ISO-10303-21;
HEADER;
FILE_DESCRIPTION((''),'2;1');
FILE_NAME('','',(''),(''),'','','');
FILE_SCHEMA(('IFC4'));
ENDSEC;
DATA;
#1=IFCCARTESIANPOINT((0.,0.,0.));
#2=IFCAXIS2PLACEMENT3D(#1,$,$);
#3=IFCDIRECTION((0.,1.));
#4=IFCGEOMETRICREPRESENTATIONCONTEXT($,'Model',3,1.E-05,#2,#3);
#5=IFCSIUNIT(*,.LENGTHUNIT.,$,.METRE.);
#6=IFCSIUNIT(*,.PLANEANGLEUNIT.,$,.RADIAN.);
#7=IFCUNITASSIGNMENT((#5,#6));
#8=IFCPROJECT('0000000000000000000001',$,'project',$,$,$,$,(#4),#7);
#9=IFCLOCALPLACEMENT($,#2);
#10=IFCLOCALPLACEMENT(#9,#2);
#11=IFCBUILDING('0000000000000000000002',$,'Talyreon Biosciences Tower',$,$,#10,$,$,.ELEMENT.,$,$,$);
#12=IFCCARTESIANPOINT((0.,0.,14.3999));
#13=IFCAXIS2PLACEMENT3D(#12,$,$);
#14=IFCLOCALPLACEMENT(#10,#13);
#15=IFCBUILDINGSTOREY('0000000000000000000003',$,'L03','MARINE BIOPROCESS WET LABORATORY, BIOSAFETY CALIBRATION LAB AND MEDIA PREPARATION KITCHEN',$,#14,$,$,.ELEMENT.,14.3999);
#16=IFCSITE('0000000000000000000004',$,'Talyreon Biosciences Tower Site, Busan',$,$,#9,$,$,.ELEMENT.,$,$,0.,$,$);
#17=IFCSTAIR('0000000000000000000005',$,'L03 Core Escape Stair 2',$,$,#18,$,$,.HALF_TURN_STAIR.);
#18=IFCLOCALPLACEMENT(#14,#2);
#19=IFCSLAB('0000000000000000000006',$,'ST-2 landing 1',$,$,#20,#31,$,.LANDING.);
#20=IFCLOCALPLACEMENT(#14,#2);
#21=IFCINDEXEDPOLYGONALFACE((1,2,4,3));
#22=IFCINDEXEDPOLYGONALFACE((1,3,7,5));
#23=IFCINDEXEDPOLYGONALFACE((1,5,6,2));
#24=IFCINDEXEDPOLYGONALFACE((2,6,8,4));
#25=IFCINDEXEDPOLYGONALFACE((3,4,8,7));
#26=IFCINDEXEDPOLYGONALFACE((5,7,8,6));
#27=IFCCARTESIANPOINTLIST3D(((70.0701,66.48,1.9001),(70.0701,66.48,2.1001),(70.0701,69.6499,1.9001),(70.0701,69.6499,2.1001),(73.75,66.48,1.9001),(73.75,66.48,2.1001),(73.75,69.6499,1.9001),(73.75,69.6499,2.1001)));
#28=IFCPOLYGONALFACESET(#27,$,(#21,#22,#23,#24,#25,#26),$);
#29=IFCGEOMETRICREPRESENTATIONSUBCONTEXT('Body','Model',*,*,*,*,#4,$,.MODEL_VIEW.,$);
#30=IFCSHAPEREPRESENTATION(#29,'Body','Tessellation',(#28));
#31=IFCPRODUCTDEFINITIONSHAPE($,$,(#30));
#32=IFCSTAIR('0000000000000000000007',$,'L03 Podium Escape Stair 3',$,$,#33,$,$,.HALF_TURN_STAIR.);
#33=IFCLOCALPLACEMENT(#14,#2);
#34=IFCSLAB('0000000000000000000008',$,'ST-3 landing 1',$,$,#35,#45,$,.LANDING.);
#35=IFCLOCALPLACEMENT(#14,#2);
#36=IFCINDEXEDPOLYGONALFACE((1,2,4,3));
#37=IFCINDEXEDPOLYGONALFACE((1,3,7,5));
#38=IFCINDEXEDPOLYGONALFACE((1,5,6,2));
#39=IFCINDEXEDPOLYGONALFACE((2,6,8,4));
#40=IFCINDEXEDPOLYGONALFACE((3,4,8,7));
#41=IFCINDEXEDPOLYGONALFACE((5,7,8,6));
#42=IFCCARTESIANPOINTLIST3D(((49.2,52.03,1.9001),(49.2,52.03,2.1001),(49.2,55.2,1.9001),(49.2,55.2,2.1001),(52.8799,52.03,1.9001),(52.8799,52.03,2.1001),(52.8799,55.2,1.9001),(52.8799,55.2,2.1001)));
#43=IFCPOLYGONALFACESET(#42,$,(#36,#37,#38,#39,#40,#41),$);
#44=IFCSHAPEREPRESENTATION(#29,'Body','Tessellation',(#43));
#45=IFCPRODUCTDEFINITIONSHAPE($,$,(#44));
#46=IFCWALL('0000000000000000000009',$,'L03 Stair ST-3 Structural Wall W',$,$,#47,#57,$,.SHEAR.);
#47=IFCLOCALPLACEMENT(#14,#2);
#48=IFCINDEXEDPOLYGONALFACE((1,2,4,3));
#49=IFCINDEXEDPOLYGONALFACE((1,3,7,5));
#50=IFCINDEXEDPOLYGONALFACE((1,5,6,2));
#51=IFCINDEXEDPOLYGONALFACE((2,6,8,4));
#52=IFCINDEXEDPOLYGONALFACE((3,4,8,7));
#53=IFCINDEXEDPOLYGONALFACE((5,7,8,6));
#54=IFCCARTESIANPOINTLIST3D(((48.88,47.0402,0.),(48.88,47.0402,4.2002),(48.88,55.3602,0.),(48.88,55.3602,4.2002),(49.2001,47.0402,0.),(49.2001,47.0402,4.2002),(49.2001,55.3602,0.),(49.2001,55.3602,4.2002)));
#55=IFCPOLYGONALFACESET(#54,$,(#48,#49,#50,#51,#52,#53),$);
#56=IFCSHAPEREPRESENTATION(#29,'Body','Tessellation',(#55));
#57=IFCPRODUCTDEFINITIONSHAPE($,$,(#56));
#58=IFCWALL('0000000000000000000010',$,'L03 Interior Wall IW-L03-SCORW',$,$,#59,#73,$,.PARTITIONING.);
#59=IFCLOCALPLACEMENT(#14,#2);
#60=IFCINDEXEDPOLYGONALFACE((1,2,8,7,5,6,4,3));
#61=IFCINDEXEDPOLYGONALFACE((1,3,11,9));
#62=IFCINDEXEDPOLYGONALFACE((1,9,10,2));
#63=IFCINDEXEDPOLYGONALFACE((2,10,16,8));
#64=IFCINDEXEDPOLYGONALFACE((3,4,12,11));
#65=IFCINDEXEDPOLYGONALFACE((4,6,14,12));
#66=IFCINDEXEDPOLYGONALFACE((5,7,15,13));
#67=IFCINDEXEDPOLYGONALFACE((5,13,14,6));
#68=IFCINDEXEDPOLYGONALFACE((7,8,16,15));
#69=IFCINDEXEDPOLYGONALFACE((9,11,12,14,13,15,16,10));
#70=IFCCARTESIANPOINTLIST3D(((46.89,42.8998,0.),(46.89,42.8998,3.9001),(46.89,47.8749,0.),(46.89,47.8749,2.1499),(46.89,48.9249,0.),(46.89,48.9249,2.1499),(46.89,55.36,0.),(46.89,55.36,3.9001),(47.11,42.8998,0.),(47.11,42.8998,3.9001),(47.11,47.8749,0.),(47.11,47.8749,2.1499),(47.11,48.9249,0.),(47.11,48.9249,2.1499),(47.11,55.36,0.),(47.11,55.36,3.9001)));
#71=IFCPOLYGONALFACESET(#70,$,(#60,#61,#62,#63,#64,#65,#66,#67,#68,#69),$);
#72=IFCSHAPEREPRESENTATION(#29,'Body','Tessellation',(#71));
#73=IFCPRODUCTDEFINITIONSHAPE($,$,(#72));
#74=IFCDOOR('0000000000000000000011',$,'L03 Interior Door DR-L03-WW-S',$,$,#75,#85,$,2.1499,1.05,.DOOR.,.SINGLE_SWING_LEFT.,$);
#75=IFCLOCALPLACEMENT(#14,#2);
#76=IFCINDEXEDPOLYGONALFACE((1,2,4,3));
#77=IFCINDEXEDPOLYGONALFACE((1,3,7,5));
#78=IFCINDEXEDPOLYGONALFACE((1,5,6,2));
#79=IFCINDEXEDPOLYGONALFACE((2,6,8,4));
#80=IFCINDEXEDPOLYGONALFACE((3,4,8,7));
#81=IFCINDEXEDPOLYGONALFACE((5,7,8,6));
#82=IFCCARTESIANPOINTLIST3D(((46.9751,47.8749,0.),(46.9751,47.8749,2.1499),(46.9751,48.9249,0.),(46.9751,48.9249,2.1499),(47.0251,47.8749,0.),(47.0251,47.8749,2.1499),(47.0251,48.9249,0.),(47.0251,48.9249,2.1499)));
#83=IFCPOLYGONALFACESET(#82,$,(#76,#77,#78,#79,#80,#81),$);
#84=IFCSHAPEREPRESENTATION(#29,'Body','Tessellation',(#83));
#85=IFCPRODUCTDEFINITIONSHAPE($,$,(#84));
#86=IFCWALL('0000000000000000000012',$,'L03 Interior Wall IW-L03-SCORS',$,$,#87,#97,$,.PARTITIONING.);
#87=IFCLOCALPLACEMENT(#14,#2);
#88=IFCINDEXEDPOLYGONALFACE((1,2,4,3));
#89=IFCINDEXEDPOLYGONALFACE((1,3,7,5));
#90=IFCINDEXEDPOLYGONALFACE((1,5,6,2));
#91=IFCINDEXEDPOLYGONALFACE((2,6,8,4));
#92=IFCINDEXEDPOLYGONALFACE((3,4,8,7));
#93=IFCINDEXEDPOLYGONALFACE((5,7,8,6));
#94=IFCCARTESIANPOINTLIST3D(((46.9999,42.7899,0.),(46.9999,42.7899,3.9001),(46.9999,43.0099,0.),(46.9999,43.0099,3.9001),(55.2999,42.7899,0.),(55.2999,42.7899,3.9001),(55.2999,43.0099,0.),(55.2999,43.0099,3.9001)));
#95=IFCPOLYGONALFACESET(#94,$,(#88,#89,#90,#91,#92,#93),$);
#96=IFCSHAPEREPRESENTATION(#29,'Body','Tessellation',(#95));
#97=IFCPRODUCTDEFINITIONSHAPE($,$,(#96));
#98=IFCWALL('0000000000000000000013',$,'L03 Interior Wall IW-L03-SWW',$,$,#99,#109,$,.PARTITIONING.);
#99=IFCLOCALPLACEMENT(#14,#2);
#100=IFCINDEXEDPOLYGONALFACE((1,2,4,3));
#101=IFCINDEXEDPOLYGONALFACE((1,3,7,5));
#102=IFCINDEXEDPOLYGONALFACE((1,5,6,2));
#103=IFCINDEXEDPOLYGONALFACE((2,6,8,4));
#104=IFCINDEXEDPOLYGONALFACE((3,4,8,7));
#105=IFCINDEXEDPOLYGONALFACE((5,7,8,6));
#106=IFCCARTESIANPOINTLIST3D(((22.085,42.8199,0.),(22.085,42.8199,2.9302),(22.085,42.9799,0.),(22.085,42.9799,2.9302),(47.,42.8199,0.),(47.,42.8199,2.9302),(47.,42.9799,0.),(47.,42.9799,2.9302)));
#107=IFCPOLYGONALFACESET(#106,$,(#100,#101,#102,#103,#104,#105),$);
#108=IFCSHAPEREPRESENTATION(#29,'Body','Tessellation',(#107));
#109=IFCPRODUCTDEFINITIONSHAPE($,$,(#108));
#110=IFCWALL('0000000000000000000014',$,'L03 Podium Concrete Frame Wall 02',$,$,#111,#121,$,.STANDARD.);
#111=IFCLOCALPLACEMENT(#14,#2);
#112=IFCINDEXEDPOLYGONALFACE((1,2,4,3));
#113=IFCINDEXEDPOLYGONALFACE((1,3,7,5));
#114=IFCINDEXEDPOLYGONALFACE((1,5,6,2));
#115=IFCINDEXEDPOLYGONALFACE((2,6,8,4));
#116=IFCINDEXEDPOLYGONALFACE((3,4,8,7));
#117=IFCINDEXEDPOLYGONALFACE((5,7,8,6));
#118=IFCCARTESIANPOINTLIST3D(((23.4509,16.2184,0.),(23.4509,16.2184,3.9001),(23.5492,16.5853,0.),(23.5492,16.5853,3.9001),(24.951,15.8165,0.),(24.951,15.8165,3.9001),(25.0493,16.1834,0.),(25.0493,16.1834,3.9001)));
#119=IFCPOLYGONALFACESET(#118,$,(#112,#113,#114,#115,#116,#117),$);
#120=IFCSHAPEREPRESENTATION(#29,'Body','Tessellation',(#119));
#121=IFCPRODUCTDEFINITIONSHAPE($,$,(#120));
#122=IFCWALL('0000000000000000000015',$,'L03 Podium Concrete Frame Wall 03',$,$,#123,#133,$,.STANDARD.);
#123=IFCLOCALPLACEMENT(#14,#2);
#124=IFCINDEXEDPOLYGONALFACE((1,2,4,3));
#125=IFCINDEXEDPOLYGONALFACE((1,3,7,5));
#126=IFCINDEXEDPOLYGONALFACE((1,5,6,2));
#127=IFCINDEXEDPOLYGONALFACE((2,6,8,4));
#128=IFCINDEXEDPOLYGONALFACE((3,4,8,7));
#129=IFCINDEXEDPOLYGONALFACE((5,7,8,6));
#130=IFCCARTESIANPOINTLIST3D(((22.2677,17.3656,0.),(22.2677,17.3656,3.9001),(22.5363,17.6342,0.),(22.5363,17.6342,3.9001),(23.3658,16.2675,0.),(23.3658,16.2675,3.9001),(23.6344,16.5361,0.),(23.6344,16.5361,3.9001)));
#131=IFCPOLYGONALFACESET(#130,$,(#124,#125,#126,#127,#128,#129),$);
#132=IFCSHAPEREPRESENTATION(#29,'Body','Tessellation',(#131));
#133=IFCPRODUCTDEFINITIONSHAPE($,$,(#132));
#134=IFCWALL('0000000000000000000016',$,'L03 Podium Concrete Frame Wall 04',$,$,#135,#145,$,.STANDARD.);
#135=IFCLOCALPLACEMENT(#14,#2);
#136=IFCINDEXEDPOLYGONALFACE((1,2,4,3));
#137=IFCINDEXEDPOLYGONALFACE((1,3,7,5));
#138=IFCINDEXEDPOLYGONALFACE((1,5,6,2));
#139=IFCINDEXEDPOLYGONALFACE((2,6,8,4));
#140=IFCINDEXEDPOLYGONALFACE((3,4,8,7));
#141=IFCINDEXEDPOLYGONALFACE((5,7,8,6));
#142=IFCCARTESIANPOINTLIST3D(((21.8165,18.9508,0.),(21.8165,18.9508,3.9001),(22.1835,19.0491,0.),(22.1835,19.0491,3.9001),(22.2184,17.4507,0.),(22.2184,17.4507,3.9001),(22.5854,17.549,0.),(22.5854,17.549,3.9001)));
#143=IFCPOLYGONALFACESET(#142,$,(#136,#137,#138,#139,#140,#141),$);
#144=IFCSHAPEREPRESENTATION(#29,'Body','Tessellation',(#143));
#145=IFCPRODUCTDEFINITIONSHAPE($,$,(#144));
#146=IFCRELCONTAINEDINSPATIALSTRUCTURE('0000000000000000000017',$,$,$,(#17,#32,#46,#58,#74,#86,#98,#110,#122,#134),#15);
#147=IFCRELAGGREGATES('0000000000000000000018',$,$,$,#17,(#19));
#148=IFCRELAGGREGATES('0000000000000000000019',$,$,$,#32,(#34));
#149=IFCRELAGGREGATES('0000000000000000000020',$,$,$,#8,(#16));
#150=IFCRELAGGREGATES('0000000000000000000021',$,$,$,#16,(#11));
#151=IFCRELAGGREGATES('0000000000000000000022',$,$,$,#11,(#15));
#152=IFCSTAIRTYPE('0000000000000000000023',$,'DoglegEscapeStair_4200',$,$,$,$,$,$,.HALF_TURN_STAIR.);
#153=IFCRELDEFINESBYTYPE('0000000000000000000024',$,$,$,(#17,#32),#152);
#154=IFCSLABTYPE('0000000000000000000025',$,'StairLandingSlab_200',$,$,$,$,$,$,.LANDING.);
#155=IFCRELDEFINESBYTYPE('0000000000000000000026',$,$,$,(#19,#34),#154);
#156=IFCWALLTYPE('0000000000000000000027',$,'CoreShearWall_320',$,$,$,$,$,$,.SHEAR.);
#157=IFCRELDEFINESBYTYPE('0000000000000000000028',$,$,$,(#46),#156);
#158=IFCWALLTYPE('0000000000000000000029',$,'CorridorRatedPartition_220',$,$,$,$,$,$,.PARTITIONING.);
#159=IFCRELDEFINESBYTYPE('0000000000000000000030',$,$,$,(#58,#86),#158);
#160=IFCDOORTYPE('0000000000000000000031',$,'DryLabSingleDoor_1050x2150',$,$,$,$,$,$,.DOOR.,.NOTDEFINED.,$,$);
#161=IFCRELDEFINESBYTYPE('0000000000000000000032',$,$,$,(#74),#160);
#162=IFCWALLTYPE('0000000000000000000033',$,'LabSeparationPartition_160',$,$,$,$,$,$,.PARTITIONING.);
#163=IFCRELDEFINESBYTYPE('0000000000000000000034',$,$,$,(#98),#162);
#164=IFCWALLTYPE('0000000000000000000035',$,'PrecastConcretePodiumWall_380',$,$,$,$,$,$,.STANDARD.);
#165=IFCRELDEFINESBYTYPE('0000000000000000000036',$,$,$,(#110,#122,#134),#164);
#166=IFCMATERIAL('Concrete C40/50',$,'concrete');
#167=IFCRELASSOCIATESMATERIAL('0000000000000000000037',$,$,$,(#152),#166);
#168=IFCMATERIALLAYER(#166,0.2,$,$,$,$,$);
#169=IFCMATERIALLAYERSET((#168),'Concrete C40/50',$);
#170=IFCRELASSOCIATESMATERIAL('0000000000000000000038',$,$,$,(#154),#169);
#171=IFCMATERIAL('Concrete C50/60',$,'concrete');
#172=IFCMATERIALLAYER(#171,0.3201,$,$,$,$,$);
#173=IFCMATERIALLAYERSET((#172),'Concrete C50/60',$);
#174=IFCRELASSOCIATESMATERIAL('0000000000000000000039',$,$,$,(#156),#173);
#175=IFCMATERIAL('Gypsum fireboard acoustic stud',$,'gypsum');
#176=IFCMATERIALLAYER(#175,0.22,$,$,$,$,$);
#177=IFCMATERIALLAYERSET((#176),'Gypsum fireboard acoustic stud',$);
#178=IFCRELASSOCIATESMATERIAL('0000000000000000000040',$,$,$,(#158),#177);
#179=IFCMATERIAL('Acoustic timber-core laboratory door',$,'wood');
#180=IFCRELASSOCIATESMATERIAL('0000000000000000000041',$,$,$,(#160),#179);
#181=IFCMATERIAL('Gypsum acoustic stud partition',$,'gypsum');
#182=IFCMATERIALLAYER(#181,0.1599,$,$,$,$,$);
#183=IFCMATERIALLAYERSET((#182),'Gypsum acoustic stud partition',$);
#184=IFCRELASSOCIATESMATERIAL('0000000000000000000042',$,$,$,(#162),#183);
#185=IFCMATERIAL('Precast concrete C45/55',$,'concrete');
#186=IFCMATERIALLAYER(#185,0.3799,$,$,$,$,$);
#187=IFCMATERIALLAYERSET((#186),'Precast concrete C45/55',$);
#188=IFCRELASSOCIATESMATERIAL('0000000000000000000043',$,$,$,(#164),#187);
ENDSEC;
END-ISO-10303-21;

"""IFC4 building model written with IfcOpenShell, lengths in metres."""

from ifc_helpers import new_model, si_unit, direction, frame, frame_2d, origin, place, context, subcontext, project, spatial, polyline, rectangle, outline, extrude, material, layer, layer_set, type_object, element, fill, aggregate, save


model = new_model("IFC4")

# Units and contexts
model_context = context("Model", 3, precision=1e-05, world=origin(), true_north=direction((0.0, 1.0)))
body_context = subcontext(model_context, "Body", "Model", "MODEL_VIEW")
ifc_project = project(units=[si_unit("LENGTHUNIT", "METRE"), si_unit("PLANEANGLEUNIT", "RADIAN")], contexts=[model_context])

# Site, building, storey
site_placement = place(None, origin())
site = spatial("IfcSite", under=ifc_project, at=site_placement, Name="Talyreon Biosciences Tower Site, Busan", CompositionType="ELEMENT", RefElevation=0.0)
building_placement = place(site_placement, origin())
building = spatial("IfcBuilding", under=site, at=building_placement, Name="Talyreon Biosciences Tower", CompositionType="ELEMENT")
storey_placement = place(building_placement, frame((0.0, 0.0, 14.3999)))
storey = spatial("IfcBuildingStorey", under=building, at=storey_placement, Name="L03", Description="MARINE BIOPROCESS WET LABORATORY, BIOSAFETY CALIBRATION LAB AND MEDIA PREPARATION KITCHEN", CompositionType="ELEMENT", Elevation=14.3999)

# Shared definitions
ifc_material_1 = material(Name="Concrete C50/60", Category="concrete")

# Shared definitions
ifc_material_2 = material(Name="Concrete C40/50", Category="concrete")

# Stairs, slabs
stair_type = type_object("IfcStairType", Name="DoglegEscapeStair_4200", PredefinedType="HALF_TURN_STAIR", material=ifc_material_2)
ifc_layer_1 = layer(ifc_material_2, 0.2)
ifc_layer_set_1 = layer_set([ifc_layer_1], Name="Concrete C40/50")
slab_type_1 = type_object("IfcSlabType", Name="StairLandingSlab_200", PredefinedType="LANDING", material=ifc_layer_set_1)
stair_1_placement = place(storey_placement, origin())
stair_1 = element("IfcStair", 1, at=stair_1_placement, inside=storey, type_object=stair_type, Name="L03 Core Escape Stair 2", PredefinedType="HALF_TURN_STAIR")
slab_1_placement = place(storey_placement, frame((0.0, 0.0, 1.9001)))
slab_1 = element("IfcSlab", 2, at=slab_1_placement, type_object=slab_type_1, Name="ST-2 landing 1", PredefinedType="LANDING", context=body_context, shape_type="SweptSolid", body=[
    extrude(outline(polyline([(73.75, 66.48), (73.75, 69.6499), (70.0701, 69.6499), (70.0701, 66.48), (73.75, 66.48)])), origin(), (0.0, 0.0, 1.0), 0.2),
])
aggregate(stair_1, [slab_1])
stair_2_placement = place(storey_placement, origin())
stair_2 = element("IfcStair", 3, at=stair_2_placement, inside=storey, type_object=stair_type, Name="L03 Podium Escape Stair 3", PredefinedType="HALF_TURN_STAIR")
slab_2_placement = place(storey_placement, frame((0.0, 0.0, 1.9001)))
slab_2 = element("IfcSlab", 4, at=slab_2_placement, type_object=slab_type_1, Name="ST-3 landing 1", PredefinedType="LANDING", context=body_context, shape_type="SweptSolid", body=[
    extrude(outline(polyline([(52.8799, 52.03), (52.8799, 55.2), (49.2, 55.2), (49.2, 52.03), (52.8799, 52.03)])), origin(), (0.0, 0.0, 1.0), 0.2),
])
aggregate(stair_2, [slab_2])

# Wall
ifc_layer_2 = layer(ifc_material_1, 0.3201)
ifc_layer_set_2 = layer_set([ifc_layer_2], Name="Concrete C50/60")
wall_type_1 = type_object("IfcWallType", Name="CoreShearWall_320", PredefinedType="SHEAR", material=ifc_layer_set_2)
wall_1_placement = place(storey_placement, frame((49.04, 47.04, 0.0), z_axis=(0.0, 0.0, 1.0), x_axis=(0.0, 1.0, 0.0)))
element("IfcWall", 5, at=wall_1_placement, inside=storey, type_object=wall_type_1, Name="L03 Stair ST-3 Structural Wall W", PredefinedType="SHEAR", context=body_context, shape_type="SweptSolid", body=[
    extrude(rectangle(XDim=8.3201, YDim=0.3201, at=frame_2d((4.1602, 0.0))), origin(), (0.0, 0.0, 1.0), 4.2002),
])

# Wall, opening, door
ifc_material_3 = material(Name="Gypsum fireboard acoustic stud", Category="gypsum")
ifc_layer_3 = layer(ifc_material_3, 0.22)
ifc_layer_set_3 = layer_set([ifc_layer_3], Name="Gypsum fireboard acoustic stud")
wall_type_2 = type_object("IfcWallType", Name="CorridorRatedPartition_220", PredefinedType="PARTITIONING", material=ifc_layer_set_3)
wall_2_placement = place(storey_placement, frame((47.0, 42.8999, 0.0), z_axis=(0.0, 0.0, 1.0), x_axis=(0.0, 1.0, 0.0)))
wall_2 = element("IfcWall", 6, at=wall_2_placement, inside=storey, type_object=wall_type_2, Name="L03 Interior Wall IW-L03-SCORW", PredefinedType="PARTITIONING", context=body_context, shape_type="SweptSolid", body=[
    extrude(rectangle(XDim=12.4602, YDim=0.22, at=frame_2d((6.23, 0.0))), origin(), (0.0, 0.0, 1.0), 3.9001),
])
opening_1_placement = place(wall_2_placement, frame((4.9751, 0.0, 0.0)))
opening_1 = element("IfcOpeningElement", 7, at=opening_1_placement, cuts=wall_2, PredefinedType="OPENING", context=body_context, shape_type="SweptSolid", body=[
    extrude(rectangle(XDim=1.05, YDim=2.1499, at=frame_2d((0.5249, 1.075))), frame((0.0, 0.1199, 0.0), z_axis=(0.0, -1.0, 0.0), x_axis=(1.0, 0.0, 0.0)), (0.0, 0.0, 1.0), 0.24),
])
ifc_material_4 = material(Name="Acoustic timber-core laboratory door", Category="wood")
door_type = type_object("IfcDoorType", Name="DryLabSingleDoor_1050x2150", OperationType="NOTDEFINED", PredefinedType="DOOR", material=ifc_material_4)
door_placement = place(opening_1_placement, origin())
door = element("IfcDoor", 8, at=door_placement, inside=storey, type_object=door_type, Name="L03 Interior Door DR-L03-WW-S", OperationType="SINGLE_SWING_LEFT", OverallHeight=2.1499, OverallWidth=1.05, PredefinedType="DOOR", context=body_context, shape_type="SweptSolid", body=[
    extrude(rectangle(XDim=1.05, YDim=2.1499, at=frame_2d((0.5249, 1.075))), frame((0.0, 0.0249, 0.0), z_axis=(0.0, -1.0, 0.0), x_axis=(1.0, 0.0, 0.0)), (0.0, 0.0, 1.0), 0.05),
])
fill(opening_1, door)

# Walls
wall_3_placement = place(storey_placement, frame((47.0, 42.8999, 0.0), z_axis=(0.0, 0.0, 1.0), x_axis=(1.0, 0.0, 0.0)))
element("IfcWall", 9, at=wall_3_placement, inside=storey, type_object=wall_type_2, Name="L03 Interior Wall IW-L03-SCORS", PredefinedType="PARTITIONING", context=body_context, shape_type="SweptSolid", body=[
    extrude(rectangle(XDim=8.3, YDim=0.22, at=frame_2d((4.1499, 0.0))), origin(), (0.0, 0.0, 1.0), 3.9001),
])
ifc_material_5 = material(Name="Gypsum acoustic stud partition", Category="gypsum")
ifc_layer_4 = layer(ifc_material_5, 0.1599)
ifc_layer_set_4 = layer_set([ifc_layer_4], Name="Gypsum acoustic stud partition")
wall_type_3 = type_object("IfcWallType", Name="LabSeparationPartition_160", PredefinedType="PARTITIONING", material=ifc_layer_set_4)
wall_4_placement = place(storey_placement, frame((22.085, 42.8999, 0.0), z_axis=(0.0, 0.0, 1.0), x_axis=(1.0, 0.0, 0.0)))
element("IfcWall", 10, at=wall_4_placement, inside=storey, type_object=wall_type_3, Name="L03 Interior Wall IW-L03-SWW", PredefinedType="PARTITIONING", context=body_context, shape_type="SweptSolid", body=[
    extrude(rectangle(XDim=24.915, YDim=0.1599, at=frame_2d((12.4575, 0.0))), origin(), (0.0, 0.0, 1.0), 2.9302),
])
ifc_material_6 = material(Name="Precast concrete C45/55", Category="concrete")
ifc_layer_5 = layer(ifc_material_6, 0.3799)
ifc_layer_set_5 = layer_set([ifc_layer_5], Name="Precast concrete C45/55")
wall_type_4 = type_object("IfcWallType", Name="PrecastConcretePodiumWall_380", PredefinedType="STANDARD", material=ifc_layer_set_5)
for number, where, z_axis, x_axis, name in (
    (11, (25.0, 16.0, 0.0), (0.0, 0.0, 1.0), (-0.965937, 0.258778, 0.0), "L03 Podium Concrete Frame Wall 02"),
    (12, (23.5, 16.4019, 0.0), (0.0, 0.0, 1.0), (-0.707107, 0.707107, 0.0), "L03 Podium Concrete Frame Wall 03"),
    (13, (22.4019, 17.5, 0.0), (0.0, 0.0, 1.0), (-0.258778, 0.965937, 0.0), "L03 Podium Concrete Frame Wall 04"),
):
    element("IfcWall", number, at=place(storey_placement, frame(where, z_axis=z_axis, x_axis=x_axis)), inside=storey, type_object=wall_type_4, Name=name, PredefinedType="STANDARD", context=body_context, shape_type="SweptSolid", body=[
        extrude(rectangle(XDim=1.553, YDim=0.3799, at=frame_2d((0.7764, 0.0))), origin(), (0.0, 0.0, 1.0), 3.9001),
    ])

save(model, "model.ifc")
